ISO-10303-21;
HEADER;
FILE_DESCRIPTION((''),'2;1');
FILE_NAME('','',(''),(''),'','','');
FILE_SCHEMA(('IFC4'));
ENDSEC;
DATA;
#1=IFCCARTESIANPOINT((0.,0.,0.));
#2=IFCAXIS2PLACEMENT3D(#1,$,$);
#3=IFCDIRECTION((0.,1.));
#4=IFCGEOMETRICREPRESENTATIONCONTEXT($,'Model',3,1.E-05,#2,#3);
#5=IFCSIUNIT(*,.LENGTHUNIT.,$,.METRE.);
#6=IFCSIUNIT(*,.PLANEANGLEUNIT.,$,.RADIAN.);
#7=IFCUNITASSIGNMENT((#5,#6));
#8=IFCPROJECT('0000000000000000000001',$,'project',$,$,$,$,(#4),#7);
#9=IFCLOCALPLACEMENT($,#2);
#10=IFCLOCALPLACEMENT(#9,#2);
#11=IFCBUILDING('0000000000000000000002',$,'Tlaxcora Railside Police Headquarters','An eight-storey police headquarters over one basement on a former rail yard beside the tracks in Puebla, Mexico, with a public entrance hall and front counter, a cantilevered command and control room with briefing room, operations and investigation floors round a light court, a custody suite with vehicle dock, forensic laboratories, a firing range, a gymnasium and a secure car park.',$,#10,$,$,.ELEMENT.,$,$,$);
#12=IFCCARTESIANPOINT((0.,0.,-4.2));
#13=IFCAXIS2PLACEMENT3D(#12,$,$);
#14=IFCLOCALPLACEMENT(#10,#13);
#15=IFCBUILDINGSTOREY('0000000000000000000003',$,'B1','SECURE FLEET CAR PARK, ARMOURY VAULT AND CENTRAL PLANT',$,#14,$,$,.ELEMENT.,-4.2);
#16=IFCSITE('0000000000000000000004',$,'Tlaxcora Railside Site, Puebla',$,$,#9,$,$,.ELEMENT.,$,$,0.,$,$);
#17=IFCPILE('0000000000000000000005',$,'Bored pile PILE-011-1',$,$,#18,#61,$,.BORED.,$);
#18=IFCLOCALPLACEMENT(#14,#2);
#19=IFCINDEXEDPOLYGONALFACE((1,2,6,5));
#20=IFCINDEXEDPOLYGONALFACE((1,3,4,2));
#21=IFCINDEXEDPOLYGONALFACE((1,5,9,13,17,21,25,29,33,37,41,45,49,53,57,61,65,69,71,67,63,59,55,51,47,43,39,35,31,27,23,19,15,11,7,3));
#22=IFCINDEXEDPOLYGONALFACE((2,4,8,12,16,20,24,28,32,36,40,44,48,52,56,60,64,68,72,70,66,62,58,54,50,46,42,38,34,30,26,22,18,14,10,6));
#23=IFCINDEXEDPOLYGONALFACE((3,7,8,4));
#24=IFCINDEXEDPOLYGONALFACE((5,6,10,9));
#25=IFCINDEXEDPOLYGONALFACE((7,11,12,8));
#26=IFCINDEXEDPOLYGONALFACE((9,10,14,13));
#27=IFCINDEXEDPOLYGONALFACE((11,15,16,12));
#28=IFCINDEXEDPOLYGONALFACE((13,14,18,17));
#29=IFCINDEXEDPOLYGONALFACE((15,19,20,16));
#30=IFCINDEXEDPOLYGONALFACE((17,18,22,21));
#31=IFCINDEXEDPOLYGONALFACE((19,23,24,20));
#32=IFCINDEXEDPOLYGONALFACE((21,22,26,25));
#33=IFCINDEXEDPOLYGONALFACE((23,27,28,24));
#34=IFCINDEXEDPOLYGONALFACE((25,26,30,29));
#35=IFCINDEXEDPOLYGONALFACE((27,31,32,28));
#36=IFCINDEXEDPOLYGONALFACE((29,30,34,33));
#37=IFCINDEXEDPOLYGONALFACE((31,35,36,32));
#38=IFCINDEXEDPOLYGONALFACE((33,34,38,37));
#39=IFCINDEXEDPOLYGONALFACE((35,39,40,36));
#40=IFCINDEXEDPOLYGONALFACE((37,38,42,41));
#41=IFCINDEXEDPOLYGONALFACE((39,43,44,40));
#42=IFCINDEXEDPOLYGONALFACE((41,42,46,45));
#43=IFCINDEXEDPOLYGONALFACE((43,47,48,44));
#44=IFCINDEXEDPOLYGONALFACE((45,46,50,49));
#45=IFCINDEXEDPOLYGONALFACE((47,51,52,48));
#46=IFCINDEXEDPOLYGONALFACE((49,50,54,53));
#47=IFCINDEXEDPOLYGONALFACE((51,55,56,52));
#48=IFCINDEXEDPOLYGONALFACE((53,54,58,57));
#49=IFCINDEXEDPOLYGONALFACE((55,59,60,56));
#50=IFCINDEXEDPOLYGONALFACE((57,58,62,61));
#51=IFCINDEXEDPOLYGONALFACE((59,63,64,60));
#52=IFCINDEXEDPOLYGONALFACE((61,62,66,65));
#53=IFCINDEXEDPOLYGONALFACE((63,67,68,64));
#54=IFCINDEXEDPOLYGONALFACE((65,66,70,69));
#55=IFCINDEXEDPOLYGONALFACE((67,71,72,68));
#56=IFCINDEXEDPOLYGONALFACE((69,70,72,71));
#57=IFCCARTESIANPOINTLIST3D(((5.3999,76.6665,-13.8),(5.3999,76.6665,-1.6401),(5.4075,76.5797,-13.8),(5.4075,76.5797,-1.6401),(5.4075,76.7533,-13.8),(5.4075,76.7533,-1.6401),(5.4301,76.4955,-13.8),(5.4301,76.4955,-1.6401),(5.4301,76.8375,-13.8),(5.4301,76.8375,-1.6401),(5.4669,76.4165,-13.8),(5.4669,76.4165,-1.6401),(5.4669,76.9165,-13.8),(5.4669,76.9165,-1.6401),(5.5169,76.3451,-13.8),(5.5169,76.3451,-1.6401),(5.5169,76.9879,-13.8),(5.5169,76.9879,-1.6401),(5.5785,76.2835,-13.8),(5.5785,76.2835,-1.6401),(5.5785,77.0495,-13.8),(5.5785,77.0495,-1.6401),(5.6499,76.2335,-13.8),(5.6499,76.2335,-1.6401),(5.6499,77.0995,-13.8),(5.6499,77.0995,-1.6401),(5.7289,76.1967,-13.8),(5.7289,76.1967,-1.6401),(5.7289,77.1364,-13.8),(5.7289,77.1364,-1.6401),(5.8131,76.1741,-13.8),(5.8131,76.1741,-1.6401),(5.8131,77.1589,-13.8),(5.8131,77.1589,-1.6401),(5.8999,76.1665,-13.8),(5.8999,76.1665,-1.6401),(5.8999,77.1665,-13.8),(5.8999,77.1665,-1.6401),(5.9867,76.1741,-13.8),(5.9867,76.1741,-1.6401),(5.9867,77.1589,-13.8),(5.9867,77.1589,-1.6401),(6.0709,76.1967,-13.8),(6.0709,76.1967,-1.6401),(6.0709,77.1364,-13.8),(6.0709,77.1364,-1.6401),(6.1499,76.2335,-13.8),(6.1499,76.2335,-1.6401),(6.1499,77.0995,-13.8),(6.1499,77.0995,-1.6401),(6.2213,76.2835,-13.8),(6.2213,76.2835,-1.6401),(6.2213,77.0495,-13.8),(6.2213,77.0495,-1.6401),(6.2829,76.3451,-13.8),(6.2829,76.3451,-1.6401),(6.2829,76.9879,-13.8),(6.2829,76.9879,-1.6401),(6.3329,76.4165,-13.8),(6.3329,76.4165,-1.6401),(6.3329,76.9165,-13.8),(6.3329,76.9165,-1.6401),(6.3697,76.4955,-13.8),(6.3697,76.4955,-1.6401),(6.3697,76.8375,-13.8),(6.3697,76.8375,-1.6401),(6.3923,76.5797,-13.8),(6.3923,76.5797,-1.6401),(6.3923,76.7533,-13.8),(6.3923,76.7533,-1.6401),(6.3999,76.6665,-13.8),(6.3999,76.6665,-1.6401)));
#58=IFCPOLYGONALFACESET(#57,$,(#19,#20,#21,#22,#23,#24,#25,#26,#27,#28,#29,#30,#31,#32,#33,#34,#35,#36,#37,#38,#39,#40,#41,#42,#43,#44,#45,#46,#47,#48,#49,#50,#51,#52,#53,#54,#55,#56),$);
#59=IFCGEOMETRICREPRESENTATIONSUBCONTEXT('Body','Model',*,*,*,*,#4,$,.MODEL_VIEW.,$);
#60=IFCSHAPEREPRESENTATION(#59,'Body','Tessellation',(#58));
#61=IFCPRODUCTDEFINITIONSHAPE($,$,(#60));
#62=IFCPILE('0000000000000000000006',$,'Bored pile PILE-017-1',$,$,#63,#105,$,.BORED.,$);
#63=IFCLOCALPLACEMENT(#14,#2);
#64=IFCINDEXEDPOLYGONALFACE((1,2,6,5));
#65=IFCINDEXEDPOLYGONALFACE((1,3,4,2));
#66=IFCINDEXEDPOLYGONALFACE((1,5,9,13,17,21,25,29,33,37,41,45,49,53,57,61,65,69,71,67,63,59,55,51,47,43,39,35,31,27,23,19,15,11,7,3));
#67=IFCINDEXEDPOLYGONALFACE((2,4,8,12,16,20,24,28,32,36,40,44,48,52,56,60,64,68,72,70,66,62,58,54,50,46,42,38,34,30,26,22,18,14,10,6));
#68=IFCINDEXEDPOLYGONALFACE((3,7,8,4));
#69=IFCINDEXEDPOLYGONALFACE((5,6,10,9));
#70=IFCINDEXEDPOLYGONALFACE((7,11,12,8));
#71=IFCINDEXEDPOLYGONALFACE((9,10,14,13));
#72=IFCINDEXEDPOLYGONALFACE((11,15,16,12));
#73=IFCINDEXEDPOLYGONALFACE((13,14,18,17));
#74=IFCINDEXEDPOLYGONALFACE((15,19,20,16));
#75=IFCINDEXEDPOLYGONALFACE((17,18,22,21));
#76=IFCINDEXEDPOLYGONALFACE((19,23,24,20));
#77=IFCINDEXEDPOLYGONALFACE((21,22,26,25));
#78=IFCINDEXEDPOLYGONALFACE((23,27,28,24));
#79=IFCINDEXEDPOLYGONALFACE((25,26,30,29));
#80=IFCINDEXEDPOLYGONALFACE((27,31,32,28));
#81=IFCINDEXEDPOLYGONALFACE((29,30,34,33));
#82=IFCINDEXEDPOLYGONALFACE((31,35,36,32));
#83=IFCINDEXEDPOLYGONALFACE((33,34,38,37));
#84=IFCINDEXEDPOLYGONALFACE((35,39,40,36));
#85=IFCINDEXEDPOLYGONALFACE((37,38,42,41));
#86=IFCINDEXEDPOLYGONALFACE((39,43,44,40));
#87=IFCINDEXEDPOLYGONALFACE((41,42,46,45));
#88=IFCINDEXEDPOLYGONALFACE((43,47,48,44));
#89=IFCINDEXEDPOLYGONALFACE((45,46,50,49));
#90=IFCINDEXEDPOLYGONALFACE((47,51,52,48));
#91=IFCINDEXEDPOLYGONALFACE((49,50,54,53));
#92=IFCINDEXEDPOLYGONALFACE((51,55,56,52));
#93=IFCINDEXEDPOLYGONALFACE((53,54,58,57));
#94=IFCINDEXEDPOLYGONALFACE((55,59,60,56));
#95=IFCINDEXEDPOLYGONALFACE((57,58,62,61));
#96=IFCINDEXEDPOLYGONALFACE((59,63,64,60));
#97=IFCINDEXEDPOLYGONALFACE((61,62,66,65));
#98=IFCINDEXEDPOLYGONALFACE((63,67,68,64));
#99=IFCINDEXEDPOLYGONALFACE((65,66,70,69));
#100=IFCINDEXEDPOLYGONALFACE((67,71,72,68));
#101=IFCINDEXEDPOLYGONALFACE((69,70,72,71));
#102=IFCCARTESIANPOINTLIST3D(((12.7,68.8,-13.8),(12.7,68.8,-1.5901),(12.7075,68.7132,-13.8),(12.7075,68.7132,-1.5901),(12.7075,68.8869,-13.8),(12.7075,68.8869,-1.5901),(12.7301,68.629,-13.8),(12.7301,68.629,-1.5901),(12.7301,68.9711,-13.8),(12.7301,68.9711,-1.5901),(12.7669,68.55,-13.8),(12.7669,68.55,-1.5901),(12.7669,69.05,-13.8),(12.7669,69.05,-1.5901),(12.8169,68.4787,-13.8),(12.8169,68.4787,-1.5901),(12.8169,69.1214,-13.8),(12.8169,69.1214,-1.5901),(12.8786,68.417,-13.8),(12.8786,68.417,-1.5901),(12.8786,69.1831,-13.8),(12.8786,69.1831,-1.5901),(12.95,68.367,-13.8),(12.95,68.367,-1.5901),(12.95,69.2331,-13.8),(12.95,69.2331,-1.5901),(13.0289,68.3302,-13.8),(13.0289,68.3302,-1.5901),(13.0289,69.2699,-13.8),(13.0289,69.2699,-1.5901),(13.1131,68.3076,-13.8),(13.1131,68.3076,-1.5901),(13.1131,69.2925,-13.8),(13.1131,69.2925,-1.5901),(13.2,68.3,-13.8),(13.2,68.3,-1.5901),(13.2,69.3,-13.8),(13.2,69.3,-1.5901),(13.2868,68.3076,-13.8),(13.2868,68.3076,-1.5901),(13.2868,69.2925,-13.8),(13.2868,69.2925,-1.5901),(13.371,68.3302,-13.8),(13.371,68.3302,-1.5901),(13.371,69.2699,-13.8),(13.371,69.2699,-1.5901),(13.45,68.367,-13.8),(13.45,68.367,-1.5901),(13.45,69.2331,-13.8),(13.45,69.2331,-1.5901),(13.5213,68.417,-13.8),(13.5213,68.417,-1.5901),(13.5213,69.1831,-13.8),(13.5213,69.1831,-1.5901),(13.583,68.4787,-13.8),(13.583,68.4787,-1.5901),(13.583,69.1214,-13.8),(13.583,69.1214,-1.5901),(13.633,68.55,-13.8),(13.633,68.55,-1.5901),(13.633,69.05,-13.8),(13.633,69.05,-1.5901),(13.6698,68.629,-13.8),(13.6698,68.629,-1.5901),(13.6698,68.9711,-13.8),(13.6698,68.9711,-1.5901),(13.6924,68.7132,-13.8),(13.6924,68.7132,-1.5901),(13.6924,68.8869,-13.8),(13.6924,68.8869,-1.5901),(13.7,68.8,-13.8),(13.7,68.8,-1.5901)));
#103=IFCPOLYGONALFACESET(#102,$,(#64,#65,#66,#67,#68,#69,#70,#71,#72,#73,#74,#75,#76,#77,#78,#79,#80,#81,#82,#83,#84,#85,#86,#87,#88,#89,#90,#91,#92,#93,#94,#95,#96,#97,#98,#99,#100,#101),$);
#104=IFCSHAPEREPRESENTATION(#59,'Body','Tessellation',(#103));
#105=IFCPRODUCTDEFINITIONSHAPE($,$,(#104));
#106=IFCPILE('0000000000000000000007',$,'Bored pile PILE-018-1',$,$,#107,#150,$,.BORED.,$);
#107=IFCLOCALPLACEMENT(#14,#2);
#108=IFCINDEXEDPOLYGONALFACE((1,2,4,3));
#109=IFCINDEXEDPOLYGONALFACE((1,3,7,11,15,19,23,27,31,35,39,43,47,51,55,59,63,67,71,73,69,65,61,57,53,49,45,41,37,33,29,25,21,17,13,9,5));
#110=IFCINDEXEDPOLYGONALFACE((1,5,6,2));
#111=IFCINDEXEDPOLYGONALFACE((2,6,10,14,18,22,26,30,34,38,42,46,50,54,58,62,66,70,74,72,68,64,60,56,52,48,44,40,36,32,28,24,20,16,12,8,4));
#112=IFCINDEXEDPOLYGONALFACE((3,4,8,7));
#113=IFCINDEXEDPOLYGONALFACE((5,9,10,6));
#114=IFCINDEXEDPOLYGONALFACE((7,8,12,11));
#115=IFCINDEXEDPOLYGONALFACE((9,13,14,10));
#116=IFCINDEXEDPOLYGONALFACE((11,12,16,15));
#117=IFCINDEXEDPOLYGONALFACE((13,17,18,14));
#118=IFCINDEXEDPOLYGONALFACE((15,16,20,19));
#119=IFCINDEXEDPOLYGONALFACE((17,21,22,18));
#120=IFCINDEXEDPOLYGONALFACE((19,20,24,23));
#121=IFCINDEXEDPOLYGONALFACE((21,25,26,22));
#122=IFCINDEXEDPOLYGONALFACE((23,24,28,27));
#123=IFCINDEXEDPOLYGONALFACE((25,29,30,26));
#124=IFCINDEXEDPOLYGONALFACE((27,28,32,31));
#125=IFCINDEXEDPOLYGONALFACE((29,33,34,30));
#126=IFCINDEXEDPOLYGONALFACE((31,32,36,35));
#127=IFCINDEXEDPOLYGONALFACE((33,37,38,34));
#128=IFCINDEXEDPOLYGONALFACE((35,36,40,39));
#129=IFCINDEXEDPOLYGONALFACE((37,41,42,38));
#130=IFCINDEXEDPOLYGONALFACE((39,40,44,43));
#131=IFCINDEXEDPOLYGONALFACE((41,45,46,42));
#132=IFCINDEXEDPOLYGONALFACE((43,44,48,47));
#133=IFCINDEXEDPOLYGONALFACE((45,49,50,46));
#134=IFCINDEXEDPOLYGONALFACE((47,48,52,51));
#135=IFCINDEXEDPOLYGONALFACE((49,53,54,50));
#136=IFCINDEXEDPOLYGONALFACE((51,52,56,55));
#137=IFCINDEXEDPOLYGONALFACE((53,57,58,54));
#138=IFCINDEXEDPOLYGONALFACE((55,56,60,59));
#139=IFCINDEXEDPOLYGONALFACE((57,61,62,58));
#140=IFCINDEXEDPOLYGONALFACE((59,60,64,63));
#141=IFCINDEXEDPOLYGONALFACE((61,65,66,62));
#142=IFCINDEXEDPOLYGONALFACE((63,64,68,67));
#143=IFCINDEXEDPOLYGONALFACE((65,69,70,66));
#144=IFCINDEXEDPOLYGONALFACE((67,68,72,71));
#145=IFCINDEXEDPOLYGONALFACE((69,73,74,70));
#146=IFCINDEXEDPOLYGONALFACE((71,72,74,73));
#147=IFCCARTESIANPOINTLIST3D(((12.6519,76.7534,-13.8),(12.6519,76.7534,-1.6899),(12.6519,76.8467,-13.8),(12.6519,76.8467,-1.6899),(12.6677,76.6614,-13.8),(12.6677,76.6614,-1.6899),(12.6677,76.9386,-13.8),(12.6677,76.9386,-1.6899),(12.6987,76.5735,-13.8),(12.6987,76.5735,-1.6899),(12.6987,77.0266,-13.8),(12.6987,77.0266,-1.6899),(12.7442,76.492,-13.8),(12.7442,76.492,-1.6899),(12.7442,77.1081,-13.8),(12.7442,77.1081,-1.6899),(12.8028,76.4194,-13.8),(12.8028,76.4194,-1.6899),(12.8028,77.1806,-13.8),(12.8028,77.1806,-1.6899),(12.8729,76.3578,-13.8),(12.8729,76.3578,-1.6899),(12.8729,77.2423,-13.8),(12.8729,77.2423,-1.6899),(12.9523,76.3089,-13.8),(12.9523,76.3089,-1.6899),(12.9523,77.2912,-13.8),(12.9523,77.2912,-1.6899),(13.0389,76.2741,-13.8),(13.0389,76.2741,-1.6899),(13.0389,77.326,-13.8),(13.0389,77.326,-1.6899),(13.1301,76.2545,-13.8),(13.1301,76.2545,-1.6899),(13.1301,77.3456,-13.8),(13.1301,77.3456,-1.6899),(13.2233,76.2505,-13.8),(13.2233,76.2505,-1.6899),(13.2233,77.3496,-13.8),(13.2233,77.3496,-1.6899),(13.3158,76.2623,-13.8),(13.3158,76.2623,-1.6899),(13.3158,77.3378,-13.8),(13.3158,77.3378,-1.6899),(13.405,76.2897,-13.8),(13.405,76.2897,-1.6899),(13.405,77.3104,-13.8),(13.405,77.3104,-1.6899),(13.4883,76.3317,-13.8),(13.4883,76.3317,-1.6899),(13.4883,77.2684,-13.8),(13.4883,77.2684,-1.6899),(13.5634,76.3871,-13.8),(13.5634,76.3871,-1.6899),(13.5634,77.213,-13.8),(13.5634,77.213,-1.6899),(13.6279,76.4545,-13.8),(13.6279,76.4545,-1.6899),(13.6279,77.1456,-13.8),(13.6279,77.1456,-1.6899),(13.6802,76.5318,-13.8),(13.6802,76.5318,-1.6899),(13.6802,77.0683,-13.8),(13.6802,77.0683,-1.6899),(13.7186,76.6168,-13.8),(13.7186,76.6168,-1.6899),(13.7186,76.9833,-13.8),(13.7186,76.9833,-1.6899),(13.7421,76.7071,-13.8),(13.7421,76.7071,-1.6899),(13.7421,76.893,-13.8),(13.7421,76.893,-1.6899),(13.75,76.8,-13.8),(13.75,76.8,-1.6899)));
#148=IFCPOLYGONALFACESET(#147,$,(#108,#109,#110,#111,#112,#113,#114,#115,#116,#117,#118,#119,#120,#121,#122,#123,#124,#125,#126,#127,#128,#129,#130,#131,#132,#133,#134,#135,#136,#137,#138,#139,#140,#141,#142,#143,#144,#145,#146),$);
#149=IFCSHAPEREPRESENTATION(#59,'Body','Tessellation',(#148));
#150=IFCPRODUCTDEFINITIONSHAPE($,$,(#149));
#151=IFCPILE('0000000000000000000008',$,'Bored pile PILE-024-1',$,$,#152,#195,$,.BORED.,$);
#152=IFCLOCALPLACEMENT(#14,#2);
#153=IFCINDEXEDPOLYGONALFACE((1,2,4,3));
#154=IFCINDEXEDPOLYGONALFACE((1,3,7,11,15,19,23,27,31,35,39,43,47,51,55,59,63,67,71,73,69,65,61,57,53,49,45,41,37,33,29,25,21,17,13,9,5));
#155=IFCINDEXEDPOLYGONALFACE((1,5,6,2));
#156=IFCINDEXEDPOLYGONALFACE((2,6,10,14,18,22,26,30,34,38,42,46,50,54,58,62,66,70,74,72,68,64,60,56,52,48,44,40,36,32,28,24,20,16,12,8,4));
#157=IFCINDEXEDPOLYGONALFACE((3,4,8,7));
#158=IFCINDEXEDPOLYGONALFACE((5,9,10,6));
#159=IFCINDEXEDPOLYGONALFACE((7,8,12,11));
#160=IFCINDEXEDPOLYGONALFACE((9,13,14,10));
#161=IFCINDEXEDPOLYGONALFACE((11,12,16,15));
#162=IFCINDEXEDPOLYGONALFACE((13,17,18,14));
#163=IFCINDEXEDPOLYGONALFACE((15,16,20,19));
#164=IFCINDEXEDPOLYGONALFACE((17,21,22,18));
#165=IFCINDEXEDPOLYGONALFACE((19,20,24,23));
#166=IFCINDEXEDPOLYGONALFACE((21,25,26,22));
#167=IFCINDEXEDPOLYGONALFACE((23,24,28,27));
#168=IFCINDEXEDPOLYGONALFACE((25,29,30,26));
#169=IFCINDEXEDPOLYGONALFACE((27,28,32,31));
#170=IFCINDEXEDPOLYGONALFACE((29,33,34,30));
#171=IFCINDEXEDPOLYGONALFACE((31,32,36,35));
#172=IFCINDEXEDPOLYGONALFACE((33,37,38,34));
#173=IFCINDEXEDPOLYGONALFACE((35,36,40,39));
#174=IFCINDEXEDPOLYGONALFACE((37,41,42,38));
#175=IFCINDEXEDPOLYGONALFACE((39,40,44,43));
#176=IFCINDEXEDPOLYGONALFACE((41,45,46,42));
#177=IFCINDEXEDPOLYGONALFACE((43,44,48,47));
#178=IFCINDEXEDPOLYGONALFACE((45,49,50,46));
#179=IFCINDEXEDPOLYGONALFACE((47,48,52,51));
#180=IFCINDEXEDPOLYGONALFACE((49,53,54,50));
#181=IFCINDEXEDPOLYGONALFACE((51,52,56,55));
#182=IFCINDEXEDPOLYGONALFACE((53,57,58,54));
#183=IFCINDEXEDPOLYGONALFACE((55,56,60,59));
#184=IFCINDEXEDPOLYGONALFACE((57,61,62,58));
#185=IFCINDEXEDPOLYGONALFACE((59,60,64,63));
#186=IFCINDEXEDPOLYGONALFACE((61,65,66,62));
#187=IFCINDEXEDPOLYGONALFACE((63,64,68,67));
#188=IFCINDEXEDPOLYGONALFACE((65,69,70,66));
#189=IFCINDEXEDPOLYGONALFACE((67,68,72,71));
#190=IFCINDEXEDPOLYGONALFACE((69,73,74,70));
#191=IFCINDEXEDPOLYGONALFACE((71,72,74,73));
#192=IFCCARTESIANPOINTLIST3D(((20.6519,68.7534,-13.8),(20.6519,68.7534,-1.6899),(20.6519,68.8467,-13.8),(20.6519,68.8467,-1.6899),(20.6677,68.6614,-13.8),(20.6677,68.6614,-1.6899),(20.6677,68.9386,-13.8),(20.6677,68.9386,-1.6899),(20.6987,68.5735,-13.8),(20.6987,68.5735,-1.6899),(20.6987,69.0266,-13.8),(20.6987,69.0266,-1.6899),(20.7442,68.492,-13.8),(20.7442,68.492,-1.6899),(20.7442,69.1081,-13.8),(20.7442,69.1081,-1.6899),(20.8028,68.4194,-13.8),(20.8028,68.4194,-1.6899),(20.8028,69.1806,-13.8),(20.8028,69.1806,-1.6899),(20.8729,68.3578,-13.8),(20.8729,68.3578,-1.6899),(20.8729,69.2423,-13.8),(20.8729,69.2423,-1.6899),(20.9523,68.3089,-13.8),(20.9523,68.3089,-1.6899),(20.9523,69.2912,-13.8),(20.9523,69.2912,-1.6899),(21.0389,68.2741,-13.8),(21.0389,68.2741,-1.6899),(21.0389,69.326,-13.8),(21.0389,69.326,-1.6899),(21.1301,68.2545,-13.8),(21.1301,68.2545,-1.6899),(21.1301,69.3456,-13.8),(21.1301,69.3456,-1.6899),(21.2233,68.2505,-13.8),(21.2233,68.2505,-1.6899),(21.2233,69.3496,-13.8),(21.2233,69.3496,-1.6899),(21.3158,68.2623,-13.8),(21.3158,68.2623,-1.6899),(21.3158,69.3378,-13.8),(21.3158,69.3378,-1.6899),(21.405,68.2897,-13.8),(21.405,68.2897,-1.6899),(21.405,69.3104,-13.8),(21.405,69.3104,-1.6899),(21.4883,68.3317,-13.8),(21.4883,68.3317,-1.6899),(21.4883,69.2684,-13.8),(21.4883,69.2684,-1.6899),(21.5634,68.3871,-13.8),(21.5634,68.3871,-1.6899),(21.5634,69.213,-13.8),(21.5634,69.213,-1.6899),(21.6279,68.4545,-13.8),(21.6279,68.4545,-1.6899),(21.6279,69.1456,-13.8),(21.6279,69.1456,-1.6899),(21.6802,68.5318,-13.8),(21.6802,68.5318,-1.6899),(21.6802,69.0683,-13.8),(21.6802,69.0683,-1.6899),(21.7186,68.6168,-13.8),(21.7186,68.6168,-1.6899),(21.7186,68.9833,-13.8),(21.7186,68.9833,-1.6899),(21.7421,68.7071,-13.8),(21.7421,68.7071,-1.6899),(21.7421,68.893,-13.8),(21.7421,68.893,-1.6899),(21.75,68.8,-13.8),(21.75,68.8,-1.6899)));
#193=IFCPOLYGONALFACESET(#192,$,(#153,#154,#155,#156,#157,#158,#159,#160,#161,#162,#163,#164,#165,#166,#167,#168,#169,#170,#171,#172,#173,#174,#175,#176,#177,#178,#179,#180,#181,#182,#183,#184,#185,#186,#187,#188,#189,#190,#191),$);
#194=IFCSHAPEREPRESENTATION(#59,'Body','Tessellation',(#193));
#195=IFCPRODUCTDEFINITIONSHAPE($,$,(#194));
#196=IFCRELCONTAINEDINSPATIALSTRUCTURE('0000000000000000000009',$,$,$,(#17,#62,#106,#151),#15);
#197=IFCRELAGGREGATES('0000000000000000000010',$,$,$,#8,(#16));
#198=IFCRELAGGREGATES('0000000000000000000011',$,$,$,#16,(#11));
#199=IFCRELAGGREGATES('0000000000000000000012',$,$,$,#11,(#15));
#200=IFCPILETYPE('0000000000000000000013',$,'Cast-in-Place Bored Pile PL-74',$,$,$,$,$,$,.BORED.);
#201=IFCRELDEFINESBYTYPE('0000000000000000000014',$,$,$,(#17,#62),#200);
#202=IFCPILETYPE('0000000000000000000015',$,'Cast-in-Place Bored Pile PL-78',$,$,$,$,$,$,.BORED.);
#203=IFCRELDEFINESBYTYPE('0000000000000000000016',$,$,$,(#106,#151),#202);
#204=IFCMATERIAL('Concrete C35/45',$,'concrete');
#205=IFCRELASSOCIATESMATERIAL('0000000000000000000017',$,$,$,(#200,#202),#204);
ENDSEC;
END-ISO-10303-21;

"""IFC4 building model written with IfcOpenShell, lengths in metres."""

from ifc_helpers import new_model, si_unit, direction, frame, origin, origin_2d, place, context, subcontext, project, spatial, circle, extrude, material, material_profile, profile_set, type_object, element, save


model = new_model("IFC4")

# Units and contexts
model_context = context("Model", 3, precision=1e-05, world=origin(), true_north=direction((0.0, 1.0)))
body_context = subcontext(model_context, "Body", "Model", "MODEL_VIEW")
ifc_project = project(units=[si_unit("LENGTHUNIT", "METRE"), si_unit("PLANEANGLEUNIT", "RADIAN")], contexts=[model_context])

# Site, building, storey
site_placement = place(None, origin())
site = spatial("IfcSite", under=ifc_project, at=site_placement, Name="Tlaxcora Railside Site, Puebla", CompositionType="ELEMENT", RefElevation=0.0)
building_placement = place(site_placement, origin())
building = spatial("IfcBuilding", under=site, at=building_placement, Name="Tlaxcora Railside Police Headquarters", Description="An eight-storey police headquarters over one basement on a former rail yard beside the tracks in Puebla, Mexico, with a public entrance hall and front counter, a cantilevered command and control room with briefing room, operations and investigation floors round a light court, a custody suite with vehicle dock, forensic laboratories, a firing range, a gymnasium and a secure car park.", CompositionType="ELEMENT")
storey_placement = place(building_placement, frame((0.0, 0.0, -4.2)))
storey = spatial("IfcBuildingStorey", under=building, at=storey_placement, Name="B1", Description="SECURE FLEET CAR PARK, ARMOURY VAULT AND CENTRAL PLANT", CompositionType="ELEMENT", Elevation=-4.2)

# Piles
ifc_material_1 = material(Name="Concrete C35/45", Category="concrete")
ifc_material_profile_1 = material_profile(ifc_material_1, circle(Radius=0.5, at=origin_2d()), Name="PILE1000")
ifc_profile_set_1 = profile_set([ifc_material_profile_1], Name="Concrete C35/45")
pile_type_1 = type_object("IfcPileType", Name="Cast-in-Place Bored Pile PL-74", PredefinedType="BORED", material=ifc_profile_set_1)
pile_1_placement = place(storey_placement, frame((5.8999, 76.6665, -1.6401), z_axis=(0.0, 0.0, -1.0), x_axis=(1.0, 0.0, 0.0)))
element("IfcPile", 1, at=pile_1_placement, inside=storey, type_object=pile_type_1, Name="Bored pile PILE-011-1", PredefinedType="BORED", context=body_context, shape_type="SweptSolid", body=[
    extrude(circle(Radius=0.5, at=origin_2d()), origin(), (0.0, 0.0, 1.0), 12.1599),
])
pile_2_placement = place(storey_placement, frame((13.2, 68.8, -1.5901), z_axis=(0.0, 0.0, -1.0), x_axis=(1.0, 0.0, 0.0)))
element("IfcPile", 2, at=pile_2_placement, inside=storey, type_object=pile_type_1, Name="Bored pile PILE-017-1", PredefinedType="BORED", context=body_context, shape_type="SweptSolid", body=[
    extrude(circle(Radius=0.5, at=origin_2d()), origin(), (0.0, 0.0, 1.0), 12.21),
])
ifc_material_profile_2 = material_profile(ifc_material_1, circle(Radius=0.55, at=origin_2d()), Name="PILE1100")
ifc_profile_set_2 = profile_set([ifc_material_profile_2], Name="Concrete C35/45")
pile_type_2 = type_object("IfcPileType", Name="Cast-in-Place Bored Pile PL-78", PredefinedType="BORED", material=ifc_profile_set_2)
for number, where, z_axis, x_axis, name in (
    (3, (13.2, 76.8, -1.6899), (0.0, 0.0, -1.0), (1.0, 0.0, 0.0), "Bored pile PILE-018-1"),
    (4, (21.2, 68.8, -1.6899), (0.0, 0.0, -1.0), (1.0, 0.0, 0.0), "Bored pile PILE-024-1"),
):
    element("IfcPile", number, at=place(storey_placement, frame(where, z_axis=z_axis, x_axis=x_axis)), inside=storey, type_object=pile_type_2, Name=name, PredefinedType="BORED", context=body_context, shape_type="SweptSolid", body=[
        extrude(circle(Radius=0.55, at=origin_2d()), origin(), (0.0, 0.0, 1.0), 12.1101),
    ])

save(model, "model.ifc")
